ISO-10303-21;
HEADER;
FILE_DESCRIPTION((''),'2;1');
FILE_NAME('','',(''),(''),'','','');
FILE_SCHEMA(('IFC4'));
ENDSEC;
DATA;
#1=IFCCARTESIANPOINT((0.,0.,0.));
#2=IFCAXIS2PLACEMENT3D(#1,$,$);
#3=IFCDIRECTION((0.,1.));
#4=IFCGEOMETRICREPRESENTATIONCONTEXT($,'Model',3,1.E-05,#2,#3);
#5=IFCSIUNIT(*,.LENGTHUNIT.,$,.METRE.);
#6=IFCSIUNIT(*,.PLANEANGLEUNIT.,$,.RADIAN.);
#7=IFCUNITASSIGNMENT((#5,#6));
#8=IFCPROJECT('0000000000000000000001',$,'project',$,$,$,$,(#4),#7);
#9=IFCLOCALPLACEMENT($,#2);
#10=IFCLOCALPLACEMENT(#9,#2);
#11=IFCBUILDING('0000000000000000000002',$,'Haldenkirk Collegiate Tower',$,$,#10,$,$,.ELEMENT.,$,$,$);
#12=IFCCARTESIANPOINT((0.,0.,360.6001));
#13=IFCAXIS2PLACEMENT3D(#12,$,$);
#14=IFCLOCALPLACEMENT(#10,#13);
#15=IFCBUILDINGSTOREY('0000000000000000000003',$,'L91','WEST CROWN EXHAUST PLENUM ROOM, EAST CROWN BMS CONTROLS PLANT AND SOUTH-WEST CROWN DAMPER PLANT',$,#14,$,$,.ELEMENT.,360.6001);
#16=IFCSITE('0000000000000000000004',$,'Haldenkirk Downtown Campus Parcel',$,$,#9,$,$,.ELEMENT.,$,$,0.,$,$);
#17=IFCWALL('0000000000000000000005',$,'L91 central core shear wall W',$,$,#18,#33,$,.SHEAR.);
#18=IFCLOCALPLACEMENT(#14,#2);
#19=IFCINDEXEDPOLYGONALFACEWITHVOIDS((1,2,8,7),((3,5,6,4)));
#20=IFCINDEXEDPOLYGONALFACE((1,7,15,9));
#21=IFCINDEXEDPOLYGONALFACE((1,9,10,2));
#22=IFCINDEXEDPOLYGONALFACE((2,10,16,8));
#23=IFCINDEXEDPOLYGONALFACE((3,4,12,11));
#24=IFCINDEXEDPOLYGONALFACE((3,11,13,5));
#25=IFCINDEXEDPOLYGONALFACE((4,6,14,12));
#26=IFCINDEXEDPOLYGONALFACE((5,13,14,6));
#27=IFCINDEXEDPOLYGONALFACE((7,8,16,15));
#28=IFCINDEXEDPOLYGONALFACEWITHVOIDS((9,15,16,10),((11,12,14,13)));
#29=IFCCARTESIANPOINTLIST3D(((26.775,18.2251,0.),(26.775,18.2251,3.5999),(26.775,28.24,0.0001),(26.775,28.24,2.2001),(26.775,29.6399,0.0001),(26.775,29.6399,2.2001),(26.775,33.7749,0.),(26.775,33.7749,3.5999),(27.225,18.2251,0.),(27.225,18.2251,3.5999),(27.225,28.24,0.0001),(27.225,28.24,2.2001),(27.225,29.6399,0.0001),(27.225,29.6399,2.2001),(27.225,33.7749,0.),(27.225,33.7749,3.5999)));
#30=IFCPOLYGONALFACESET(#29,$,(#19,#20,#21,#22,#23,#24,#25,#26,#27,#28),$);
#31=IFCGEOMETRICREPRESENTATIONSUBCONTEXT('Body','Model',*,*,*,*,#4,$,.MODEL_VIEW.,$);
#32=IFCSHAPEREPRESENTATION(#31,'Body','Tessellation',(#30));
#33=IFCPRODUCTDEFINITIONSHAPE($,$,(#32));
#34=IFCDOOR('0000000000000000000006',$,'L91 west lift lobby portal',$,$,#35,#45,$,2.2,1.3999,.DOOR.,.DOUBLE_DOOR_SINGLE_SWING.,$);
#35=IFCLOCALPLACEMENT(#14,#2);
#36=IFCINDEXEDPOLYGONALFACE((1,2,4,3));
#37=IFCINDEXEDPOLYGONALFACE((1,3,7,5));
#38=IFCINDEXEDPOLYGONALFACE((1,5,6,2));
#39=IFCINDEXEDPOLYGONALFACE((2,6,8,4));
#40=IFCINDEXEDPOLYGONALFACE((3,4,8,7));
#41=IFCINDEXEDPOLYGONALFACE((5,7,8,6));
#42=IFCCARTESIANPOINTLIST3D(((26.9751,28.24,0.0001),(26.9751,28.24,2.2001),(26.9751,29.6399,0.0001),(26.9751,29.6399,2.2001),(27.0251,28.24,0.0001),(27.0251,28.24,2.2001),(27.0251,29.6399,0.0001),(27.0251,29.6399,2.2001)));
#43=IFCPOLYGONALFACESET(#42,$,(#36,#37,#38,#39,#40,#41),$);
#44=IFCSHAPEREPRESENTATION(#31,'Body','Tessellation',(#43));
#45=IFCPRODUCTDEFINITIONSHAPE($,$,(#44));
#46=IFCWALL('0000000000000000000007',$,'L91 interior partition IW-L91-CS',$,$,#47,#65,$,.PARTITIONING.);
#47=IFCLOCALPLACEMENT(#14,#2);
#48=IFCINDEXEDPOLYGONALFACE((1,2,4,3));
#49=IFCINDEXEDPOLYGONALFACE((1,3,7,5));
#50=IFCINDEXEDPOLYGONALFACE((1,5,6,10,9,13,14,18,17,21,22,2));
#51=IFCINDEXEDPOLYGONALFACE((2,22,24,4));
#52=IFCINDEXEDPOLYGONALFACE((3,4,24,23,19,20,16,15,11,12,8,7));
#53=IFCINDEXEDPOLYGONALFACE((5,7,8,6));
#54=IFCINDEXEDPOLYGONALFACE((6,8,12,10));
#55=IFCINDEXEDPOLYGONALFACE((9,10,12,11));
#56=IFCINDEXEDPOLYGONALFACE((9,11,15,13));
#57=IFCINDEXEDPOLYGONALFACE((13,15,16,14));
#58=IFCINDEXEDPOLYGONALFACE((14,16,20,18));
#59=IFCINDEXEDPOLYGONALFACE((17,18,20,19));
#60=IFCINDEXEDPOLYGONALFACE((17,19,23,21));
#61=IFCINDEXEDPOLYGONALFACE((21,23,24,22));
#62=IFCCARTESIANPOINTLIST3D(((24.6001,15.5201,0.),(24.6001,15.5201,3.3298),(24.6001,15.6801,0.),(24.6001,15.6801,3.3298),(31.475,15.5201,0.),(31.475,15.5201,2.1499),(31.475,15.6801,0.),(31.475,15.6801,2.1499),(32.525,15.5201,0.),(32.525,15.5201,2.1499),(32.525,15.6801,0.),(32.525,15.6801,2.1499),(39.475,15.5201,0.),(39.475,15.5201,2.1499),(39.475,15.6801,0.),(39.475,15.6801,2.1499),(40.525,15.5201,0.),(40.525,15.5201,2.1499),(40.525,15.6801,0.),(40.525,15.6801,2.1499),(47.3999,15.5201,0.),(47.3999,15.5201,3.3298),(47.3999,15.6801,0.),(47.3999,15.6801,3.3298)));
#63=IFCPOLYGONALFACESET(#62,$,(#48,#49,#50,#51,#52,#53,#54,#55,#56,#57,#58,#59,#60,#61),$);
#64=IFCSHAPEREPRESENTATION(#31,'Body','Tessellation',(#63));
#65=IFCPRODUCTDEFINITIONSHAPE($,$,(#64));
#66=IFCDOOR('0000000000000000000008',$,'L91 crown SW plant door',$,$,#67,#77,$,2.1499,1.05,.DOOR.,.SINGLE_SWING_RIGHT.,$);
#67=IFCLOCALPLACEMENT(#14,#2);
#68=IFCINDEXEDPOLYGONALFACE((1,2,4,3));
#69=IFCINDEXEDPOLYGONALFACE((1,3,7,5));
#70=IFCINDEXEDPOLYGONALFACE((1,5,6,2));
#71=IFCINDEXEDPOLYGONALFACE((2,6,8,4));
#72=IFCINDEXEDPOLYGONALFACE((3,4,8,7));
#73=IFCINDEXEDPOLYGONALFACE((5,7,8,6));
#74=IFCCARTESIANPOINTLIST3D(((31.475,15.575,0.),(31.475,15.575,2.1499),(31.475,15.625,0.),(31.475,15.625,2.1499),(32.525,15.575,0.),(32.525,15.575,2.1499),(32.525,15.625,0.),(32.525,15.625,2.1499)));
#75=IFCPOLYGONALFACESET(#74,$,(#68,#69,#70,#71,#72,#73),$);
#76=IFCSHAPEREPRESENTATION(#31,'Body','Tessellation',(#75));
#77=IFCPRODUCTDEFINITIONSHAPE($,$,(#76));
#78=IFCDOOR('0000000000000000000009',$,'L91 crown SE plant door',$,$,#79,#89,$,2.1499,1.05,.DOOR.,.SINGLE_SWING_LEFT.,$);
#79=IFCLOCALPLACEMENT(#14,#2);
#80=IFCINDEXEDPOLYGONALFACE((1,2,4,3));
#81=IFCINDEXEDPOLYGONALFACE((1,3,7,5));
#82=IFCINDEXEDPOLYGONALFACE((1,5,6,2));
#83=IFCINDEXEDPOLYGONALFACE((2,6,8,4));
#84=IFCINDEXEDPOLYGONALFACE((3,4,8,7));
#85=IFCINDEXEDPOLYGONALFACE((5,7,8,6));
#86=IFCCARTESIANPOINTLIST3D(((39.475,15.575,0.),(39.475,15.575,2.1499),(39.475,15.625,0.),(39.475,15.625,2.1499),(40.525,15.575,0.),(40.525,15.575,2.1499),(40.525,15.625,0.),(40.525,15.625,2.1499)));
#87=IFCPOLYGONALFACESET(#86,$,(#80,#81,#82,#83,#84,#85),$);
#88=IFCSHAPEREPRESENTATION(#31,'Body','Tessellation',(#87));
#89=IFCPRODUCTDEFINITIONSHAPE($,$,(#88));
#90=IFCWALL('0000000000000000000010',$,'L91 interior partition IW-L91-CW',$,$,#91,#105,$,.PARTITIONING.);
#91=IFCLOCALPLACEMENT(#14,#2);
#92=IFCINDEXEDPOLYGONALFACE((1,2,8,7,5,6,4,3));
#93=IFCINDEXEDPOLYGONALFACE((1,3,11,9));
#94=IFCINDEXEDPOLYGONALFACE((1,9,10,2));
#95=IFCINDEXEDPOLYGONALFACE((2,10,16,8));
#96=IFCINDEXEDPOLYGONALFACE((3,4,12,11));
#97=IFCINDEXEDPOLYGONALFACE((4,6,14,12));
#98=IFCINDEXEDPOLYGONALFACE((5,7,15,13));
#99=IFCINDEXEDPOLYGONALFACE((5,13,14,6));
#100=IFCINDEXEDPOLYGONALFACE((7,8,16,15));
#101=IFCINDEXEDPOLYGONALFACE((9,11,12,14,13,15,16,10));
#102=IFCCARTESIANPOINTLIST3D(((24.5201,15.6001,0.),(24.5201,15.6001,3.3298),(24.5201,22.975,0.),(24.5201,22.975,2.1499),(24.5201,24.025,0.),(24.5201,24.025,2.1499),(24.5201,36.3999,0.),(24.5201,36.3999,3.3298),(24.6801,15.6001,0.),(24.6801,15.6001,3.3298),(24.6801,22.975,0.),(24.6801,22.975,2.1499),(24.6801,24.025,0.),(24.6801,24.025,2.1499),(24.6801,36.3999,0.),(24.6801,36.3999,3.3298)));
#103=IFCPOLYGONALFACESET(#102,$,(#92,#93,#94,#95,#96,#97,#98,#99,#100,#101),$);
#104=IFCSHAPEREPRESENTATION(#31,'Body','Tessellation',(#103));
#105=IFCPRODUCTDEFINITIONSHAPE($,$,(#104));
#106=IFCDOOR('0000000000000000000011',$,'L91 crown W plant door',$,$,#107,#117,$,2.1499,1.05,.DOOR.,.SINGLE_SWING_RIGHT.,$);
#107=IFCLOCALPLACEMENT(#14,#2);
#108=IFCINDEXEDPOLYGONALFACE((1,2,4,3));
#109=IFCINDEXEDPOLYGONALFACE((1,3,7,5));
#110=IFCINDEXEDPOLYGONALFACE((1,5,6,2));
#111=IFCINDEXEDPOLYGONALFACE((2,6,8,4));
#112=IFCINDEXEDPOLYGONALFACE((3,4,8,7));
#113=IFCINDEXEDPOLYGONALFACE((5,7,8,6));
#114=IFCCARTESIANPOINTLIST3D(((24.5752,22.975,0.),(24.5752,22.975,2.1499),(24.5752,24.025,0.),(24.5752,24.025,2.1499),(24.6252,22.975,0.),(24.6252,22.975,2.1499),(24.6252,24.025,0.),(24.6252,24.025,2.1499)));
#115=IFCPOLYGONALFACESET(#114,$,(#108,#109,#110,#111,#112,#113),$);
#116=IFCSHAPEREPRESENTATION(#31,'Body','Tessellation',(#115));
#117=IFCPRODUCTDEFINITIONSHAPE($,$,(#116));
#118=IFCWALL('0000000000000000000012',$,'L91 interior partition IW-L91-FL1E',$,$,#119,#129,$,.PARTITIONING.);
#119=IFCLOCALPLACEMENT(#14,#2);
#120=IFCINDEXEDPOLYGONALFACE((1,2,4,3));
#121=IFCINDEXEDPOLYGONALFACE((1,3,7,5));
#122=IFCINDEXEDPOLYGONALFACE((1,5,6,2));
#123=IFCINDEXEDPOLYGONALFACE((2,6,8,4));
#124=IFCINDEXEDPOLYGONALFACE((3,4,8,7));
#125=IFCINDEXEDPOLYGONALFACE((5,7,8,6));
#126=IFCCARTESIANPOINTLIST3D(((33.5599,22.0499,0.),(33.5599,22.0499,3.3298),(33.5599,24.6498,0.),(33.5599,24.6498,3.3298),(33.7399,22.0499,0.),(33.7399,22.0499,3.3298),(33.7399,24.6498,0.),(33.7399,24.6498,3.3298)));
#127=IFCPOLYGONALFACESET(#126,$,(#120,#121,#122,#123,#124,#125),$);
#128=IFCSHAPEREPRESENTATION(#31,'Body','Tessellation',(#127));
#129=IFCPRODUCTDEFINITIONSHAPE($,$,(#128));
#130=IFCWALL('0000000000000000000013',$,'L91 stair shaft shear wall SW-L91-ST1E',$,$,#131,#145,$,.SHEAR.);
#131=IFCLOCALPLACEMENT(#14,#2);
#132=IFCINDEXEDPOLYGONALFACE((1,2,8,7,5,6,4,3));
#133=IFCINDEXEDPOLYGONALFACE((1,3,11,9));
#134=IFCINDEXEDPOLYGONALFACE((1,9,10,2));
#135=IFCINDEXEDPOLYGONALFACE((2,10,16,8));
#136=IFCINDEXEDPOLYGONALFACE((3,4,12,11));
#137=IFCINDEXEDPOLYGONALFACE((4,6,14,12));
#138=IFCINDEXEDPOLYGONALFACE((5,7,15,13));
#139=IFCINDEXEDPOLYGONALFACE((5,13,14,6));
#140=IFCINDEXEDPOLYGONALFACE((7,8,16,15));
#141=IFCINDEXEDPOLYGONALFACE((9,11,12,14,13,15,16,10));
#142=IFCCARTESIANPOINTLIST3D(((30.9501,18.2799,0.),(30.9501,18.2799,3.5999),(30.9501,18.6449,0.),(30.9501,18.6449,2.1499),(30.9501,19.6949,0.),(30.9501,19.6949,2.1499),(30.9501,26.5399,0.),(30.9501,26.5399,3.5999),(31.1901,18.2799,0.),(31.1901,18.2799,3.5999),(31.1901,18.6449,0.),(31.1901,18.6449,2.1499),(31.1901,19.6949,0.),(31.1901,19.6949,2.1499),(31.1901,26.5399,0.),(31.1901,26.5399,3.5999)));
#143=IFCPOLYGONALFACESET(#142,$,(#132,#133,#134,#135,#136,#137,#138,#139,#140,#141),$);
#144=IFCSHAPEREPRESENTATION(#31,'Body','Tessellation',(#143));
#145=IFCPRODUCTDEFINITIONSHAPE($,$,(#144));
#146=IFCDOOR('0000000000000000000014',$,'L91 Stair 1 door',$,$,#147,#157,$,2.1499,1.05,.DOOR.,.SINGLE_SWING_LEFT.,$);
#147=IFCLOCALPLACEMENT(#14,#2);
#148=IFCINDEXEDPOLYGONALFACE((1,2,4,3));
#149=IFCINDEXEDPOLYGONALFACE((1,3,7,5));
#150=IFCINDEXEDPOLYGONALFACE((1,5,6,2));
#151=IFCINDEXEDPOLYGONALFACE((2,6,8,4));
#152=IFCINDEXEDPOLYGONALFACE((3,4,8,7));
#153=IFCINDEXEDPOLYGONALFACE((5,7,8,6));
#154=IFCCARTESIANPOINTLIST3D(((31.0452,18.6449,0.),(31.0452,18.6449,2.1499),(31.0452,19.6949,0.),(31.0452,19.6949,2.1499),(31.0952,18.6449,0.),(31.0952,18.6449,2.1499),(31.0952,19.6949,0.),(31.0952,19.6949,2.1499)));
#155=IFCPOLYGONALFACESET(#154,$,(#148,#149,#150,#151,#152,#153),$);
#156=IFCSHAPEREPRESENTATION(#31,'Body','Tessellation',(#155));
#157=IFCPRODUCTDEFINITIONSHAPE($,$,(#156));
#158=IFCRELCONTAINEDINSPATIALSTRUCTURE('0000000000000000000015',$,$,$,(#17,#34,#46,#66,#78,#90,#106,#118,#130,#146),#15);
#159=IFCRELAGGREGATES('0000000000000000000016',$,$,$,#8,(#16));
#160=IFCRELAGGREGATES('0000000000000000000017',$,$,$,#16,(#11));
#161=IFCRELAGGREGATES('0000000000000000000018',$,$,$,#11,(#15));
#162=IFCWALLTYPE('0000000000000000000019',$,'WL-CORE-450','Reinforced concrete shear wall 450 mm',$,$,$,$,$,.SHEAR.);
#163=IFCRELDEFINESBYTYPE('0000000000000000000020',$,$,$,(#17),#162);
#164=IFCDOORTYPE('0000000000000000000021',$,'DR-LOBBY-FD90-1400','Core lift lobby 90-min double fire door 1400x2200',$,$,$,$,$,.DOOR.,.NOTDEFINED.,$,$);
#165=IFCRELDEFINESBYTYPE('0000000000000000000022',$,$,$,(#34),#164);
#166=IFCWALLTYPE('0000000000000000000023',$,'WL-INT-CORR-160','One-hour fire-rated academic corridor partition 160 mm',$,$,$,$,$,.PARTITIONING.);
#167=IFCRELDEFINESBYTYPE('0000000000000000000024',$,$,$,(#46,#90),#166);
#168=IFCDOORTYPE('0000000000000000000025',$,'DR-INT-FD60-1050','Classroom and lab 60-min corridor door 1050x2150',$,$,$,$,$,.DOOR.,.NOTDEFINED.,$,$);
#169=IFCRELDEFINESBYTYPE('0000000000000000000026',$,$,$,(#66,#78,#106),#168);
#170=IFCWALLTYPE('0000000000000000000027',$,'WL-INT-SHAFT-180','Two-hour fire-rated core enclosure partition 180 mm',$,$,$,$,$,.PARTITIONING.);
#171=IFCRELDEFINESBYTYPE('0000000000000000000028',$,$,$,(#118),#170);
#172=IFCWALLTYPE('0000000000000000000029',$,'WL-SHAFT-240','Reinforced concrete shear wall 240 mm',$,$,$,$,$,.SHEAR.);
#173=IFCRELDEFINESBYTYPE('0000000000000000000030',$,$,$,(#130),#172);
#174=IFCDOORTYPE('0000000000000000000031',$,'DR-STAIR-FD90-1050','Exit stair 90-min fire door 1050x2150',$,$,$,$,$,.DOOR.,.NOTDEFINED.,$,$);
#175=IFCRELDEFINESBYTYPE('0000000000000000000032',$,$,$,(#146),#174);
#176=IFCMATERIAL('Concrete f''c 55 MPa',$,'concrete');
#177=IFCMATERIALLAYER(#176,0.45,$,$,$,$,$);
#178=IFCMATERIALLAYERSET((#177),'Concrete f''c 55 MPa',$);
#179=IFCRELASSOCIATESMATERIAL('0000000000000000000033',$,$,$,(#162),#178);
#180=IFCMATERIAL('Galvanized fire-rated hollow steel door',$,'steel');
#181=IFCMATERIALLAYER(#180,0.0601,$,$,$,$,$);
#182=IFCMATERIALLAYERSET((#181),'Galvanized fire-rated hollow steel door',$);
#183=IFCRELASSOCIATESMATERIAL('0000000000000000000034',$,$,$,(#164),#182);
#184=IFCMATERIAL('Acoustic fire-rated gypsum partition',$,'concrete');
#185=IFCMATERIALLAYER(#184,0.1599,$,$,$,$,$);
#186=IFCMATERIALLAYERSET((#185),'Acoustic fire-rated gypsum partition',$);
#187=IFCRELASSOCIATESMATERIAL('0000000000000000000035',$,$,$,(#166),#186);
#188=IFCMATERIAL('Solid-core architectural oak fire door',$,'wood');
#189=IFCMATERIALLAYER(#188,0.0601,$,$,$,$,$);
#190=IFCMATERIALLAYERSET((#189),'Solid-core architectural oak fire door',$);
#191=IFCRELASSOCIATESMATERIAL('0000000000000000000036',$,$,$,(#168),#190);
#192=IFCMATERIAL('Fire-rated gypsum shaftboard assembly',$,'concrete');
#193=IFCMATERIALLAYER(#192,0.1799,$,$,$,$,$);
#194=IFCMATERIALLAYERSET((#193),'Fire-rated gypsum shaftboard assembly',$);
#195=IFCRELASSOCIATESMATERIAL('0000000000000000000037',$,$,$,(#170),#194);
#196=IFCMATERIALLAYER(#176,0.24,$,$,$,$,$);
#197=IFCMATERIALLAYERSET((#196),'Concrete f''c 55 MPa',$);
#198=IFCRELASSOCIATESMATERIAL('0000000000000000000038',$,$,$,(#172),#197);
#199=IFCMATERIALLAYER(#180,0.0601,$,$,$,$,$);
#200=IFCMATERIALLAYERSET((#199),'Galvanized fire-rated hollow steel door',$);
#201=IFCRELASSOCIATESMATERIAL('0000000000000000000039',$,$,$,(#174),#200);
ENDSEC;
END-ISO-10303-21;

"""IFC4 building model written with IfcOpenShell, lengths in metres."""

from ifc_helpers import new_model, si_unit, direction, frame, frame_2d, origin, place, context, subcontext, project, spatial, rectangle, extrude, material, layer, layer_set, type_object, element, fill, save


model = new_model("IFC4")

# Units and contexts
model_context = context("Model", 3, precision=1e-05, world=origin(), true_north=direction((0.0, 1.0)))
body_context = subcontext(model_context, "Body", "Model", "MODEL_VIEW")
ifc_project = project(units=[si_unit("LENGTHUNIT", "METRE"), si_unit("PLANEANGLEUNIT", "RADIAN")], contexts=[model_context])

# Site, building, storey
site_placement = place(None, origin())
site = spatial("IfcSite", under=ifc_project, at=site_placement, Name="Haldenkirk Downtown Campus Parcel", CompositionType="ELEMENT", RefElevation=0.0)
building_placement = place(site_placement, origin())
building = spatial("IfcBuilding", under=site, at=building_placement, Name="Haldenkirk Collegiate Tower", CompositionType="ELEMENT")
storey_placement = place(building_placement, frame((0.0, 0.0, 360.6001)))
storey = spatial("IfcBuildingStorey", under=building, at=storey_placement, Name="L91", Description="WEST CROWN EXHAUST PLENUM ROOM, EAST CROWN BMS CONTROLS PLANT AND SOUTH-WEST CROWN DAMPER PLANT", CompositionType="ELEMENT", Elevation=360.6001)

# Shared definitions
ifc_material_1 = material(Name="Concrete f'c 55 MPa", Category="concrete")
ifc_layer_1 = layer(ifc_material_1, 0.45)
ifc_layer_set_1 = layer_set([ifc_layer_1], Name="Concrete f'c 55 MPa")
wall_type_1 = type_object("IfcWallType", Name="WL-CORE-450", Description="Reinforced concrete shear wall 450 mm", PredefinedType="SHEAR", material=ifc_layer_set_1)
ifc_material_2 = material(Name="Galvanized fire-rated hollow steel door", Category="steel")

# Wall, opening, door
wall_1_placement = place(storey_placement, frame((27.0, 18.2251, 0.0), z_axis=(0.0, 0.0, 1.0), x_axis=(0.0, 1.0, 0.0)))
wall_1 = element("IfcWall", 1, at=wall_1_placement, inside=storey, type_object=wall_type_1, Name="L91 central core shear wall W", PredefinedType="SHEAR", context=body_context, shape_type="SweptSolid", body=[
    extrude(rectangle(XDim=15.5498, YDim=0.45, at=frame_2d((7.7749, 0.0))), origin(), (0.0, 0.0, 1.0), 3.5999),
])
opening_1_placement = place(wall_1_placement, frame((10.0149, 0.0, 0.0)))
opening_1 = element("IfcOpeningElement", 2, at=opening_1_placement, cuts=wall_1, PredefinedType="OPENING", context=body_context, shape_type="SweptSolid", body=[
    extrude(rectangle(XDim=1.3999, YDim=2.2, at=frame_2d((0.7, 1.1001))), frame((0.0, 0.2349, 0.0), z_axis=(0.0, -1.0, 0.0), x_axis=(1.0, 0.0, 0.0)), (0.0, 0.0, 1.0), 0.47),
])
ifc_layer_2 = layer(ifc_material_2, 0.0601)
ifc_layer_set_2 = layer_set([ifc_layer_2], Name="Galvanized fire-rated hollow steel door")
door_type_1 = type_object("IfcDoorType", Name="DR-LOBBY-FD90-1400", Description="Core lift lobby 90-min double fire door 1400x2200", OperationType="NOTDEFINED", PredefinedType="DOOR", material=ifc_layer_set_2)
door_1_placement = place(opening_1_placement, origin())
door_1 = element("IfcDoor", 3, at=door_1_placement, inside=storey, type_object=door_type_1, Name="L91 west lift lobby portal", OperationType="DOUBLE_DOOR_SINGLE_SWING", OverallHeight=2.2, OverallWidth=1.3999, PredefinedType="DOOR", context=body_context, shape_type="SweptSolid", body=[
    extrude(rectangle(XDim=1.3999, YDim=2.2, at=frame_2d((0.7, 1.1001))), frame((0.0, 0.0249, 0.0), z_axis=(0.0, -1.0, 0.0), x_axis=(1.0, 0.0, 0.0)), (0.0, 0.0, 1.0), 0.05),
])
fill(opening_1, door_1)

# Wall, openings, doors
ifc_material_3 = material(Name="Acoustic fire-rated gypsum partition", Category="concrete")
ifc_layer_3 = layer(ifc_material_3, 0.1599)
ifc_layer_set_3 = layer_set([ifc_layer_3], Name="Acoustic fire-rated gypsum partition")
wall_type_2 = type_object("IfcWallType", Name="WL-INT-CORR-160", Description="One-hour fire-rated academic corridor partition 160 mm", PredefinedType="PARTITIONING", material=ifc_layer_set_3)
wall_2_placement = place(storey_placement, frame((24.6001, 15.6001, 0.0), z_axis=(0.0, 0.0, 1.0), x_axis=(1.0, 0.0, 0.0)))
wall_2 = element("IfcWall", 4, at=wall_2_placement, inside=storey, type_object=wall_type_2, Name="L91 interior partition IW-L91-CS", PredefinedType="PARTITIONING", context=body_context, shape_type="SweptSolid", body=[
    extrude(rectangle(XDim=22.7998, YDim=0.1599, at=frame_2d((11.3999, 0.0))), origin(), (0.0, 0.0, 1.0), 3.3298),
])
opening_2_placement = place(wall_2_placement, frame((6.875, 0.0, 0.0)))
opening_2 = element("IfcOpeningElement", 5, at=opening_2_placement, cuts=wall_2, PredefinedType="OPENING", context=body_context, shape_type="SweptSolid", body=[
    extrude(rectangle(XDim=1.05, YDim=2.1499, at=frame_2d((0.5249, 1.075))), frame((0.0, 0.0898, 0.0), z_axis=(0.0, -1.0, 0.0), x_axis=(1.0, 0.0, 0.0)), (0.0, 0.0, 1.0), 0.1799),
])
opening_3_placement = place(wall_2_placement, frame((14.875, 0.0, 0.0)))
opening_3 = element("IfcOpeningElement", 6, at=opening_3_placement, cuts=wall_2, PredefinedType="OPENING", context=body_context, shape_type="SweptSolid", body=[
    extrude(rectangle(XDim=1.05, YDim=2.1499, at=frame_2d((0.5249, 1.075))), frame((0.0, 0.0898, 0.0), z_axis=(0.0, -1.0, 0.0), x_axis=(1.0, 0.0, 0.0)), (0.0, 0.0, 1.0), 0.1799),
])
ifc_material_4 = material(Name="Solid-core architectural oak fire door", Category="wood")
ifc_layer_4 = layer(ifc_material_4, 0.0601)
ifc_layer_set_4 = layer_set([ifc_layer_4], Name="Solid-core architectural oak fire door")
door_type_2 = type_object("IfcDoorType", Name="DR-INT-FD60-1050", Description="Classroom and lab 60-min corridor door 1050x2150", OperationType="NOTDEFINED", PredefinedType="DOOR", material=ifc_layer_set_4)
door_2_placement = place(opening_2_placement, origin())
door_2 = element("IfcDoor", 7, at=door_2_placement, inside=storey, type_object=door_type_2, Name="L91 crown SW plant door", OperationType="SINGLE_SWING_RIGHT", OverallHeight=2.1499, OverallWidth=1.05, PredefinedType="DOOR", context=body_context, shape_type="SweptSolid", body=[
    extrude(rectangle(XDim=1.05, YDim=2.1499, at=frame_2d((0.5249, 1.075))), frame((0.0, 0.0249, 0.0), z_axis=(0.0, -1.0, 0.0), x_axis=(1.0, 0.0, 0.0)), (0.0, 0.0, 1.0), 0.05),
])
fill(opening_2, door_2)
door_3_placement = place(opening_3_placement, origin())
door_3 = element("IfcDoor", 8, at=door_3_placement, inside=storey, type_object=door_type_2, Name="L91 crown SE plant door", OperationType="SINGLE_SWING_LEFT", OverallHeight=2.1499, OverallWidth=1.05, PredefinedType="DOOR", context=body_context, shape_type="SweptSolid", body=[
    extrude(rectangle(XDim=1.05, YDim=2.1499, at=frame_2d((0.5249, 1.075))), frame((0.0, 0.0249, 0.0), z_axis=(0.0, -1.0, 0.0), x_axis=(1.0, 0.0, 0.0)), (0.0, 0.0, 1.0), 0.05),
])
fill(opening_3, door_3)

# Wall, opening, door
wall_3_placement = place(storey_placement, frame((24.6001, 15.6001, 0.0), z_axis=(0.0, 0.0, 1.0), x_axis=(0.0, 1.0, 0.0)))
wall_3 = element("IfcWall", 9, at=wall_3_placement, inside=storey, type_object=wall_type_2, Name="L91 interior partition IW-L91-CW", PredefinedType="PARTITIONING", context=body_context, shape_type="SweptSolid", body=[
    extrude(rectangle(XDim=20.7998, YDim=0.1599, at=frame_2d((10.3999, 0.0))), origin(), (0.0, 0.0, 1.0), 3.3298),
])
opening_4_placement = place(wall_3_placement, frame((7.375, 0.0, 0.0)))
opening_4 = element("IfcOpeningElement", 10, at=opening_4_placement, cuts=wall_3, PredefinedType="OPENING", context=body_context, shape_type="SweptSolid", body=[
    extrude(rectangle(XDim=1.05, YDim=2.1499, at=frame_2d((0.5249, 1.075))), frame((0.0, 0.0898, 0.0), z_axis=(0.0, -1.0, 0.0), x_axis=(1.0, 0.0, 0.0)), (0.0, 0.0, 1.0), 0.1799),
])
door_4_placement = place(opening_4_placement, origin())
door_4 = element("IfcDoor", 11, at=door_4_placement, inside=storey, type_object=door_type_2, Name="L91 crown W plant door", OperationType="SINGLE_SWING_RIGHT", OverallHeight=2.1499, OverallWidth=1.05, PredefinedType="DOOR", context=body_context, shape_type="SweptSolid", body=[
    extrude(rectangle(XDim=1.05, YDim=2.1499, at=frame_2d((0.5249, 1.075))), frame((0.0, 0.0249, 0.0), z_axis=(0.0, -1.0, 0.0), x_axis=(1.0, 0.0, 0.0)), (0.0, 0.0, 1.0), 0.05),
])
fill(opening_4, door_4)

# Wall
ifc_material_5 = material(Name="Fire-rated gypsum shaftboard assembly", Category="concrete")
ifc_layer_5 = layer(ifc_material_5, 0.1799)
ifc_layer_set_5 = layer_set([ifc_layer_5], Name="Fire-rated gypsum shaftboard assembly")
wall_type_3 = type_object("IfcWallType", Name="WL-INT-SHAFT-180", Description="Two-hour fire-rated core enclosure partition 180 mm", PredefinedType="PARTITIONING", material=ifc_layer_set_5)
wall_4_placement = place(storey_placement, frame((33.6499, 22.05, 0.0), z_axis=(0.0, 0.0, 1.0), x_axis=(0.0, 1.0, 0.0)))
element("IfcWall", 12, at=wall_4_placement, inside=storey, type_object=wall_type_3, Name="L91 interior partition IW-L91-FL1E", PredefinedType="PARTITIONING", context=body_context, shape_type="SweptSolid", body=[
    extrude(rectangle(XDim=2.5999, YDim=0.1799, at=frame_2d((1.2998, 0.0))), origin(), (0.0, 0.0, 1.0), 3.3298),
])

# Wall, opening, door
ifc_layer_6 = layer(ifc_material_1, 0.24)
ifc_layer_set_6 = layer_set([ifc_layer_6], Name="Concrete f'c 55 MPa")
wall_type_4 = type_object("IfcWallType", Name="WL-SHAFT-240", Description="Reinforced concrete shear wall 240 mm", PredefinedType="SHEAR", material=ifc_layer_set_6)
wall_5_placement = place(storey_placement, frame((31.0701, 18.28, 0.0), z_axis=(0.0, 0.0, 1.0), x_axis=(0.0, 1.0, 0.0)))
wall_5 = element("IfcWall", 13, at=wall_5_placement, inside=storey, type_object=wall_type_4, Name="L91 stair shaft shear wall SW-L91-ST1E", PredefinedType="SHEAR", context=body_context, shape_type="SweptSolid", body=[
    extrude(rectangle(XDim=8.26, YDim=0.24, at=frame_2d((4.1299, 0.0))), origin(), (0.0, 0.0, 1.0), 3.5999),
])
opening_5_placement = place(wall_5_placement, frame((0.365, 0.0, 0.0)))
opening_5 = element("IfcOpeningElement", 14, at=opening_5_placement, cuts=wall_5, PredefinedType="OPENING", context=body_context, shape_type="SweptSolid", body=[
    extrude(rectangle(XDim=1.05, YDim=2.1499, at=frame_2d((0.5249, 1.075))), frame((0.0, 0.1299, 0.0), z_axis=(0.0, -1.0, 0.0), x_axis=(1.0, 0.0, 0.0)), (0.0, 0.0, 1.0), 0.26),
])
ifc_layer_7 = layer(ifc_material_2, 0.0601)
ifc_layer_set_7 = layer_set([ifc_layer_7], Name="Galvanized fire-rated hollow steel door")
door_type_3 = type_object("IfcDoorType", Name="DR-STAIR-FD90-1050", Description="Exit stair 90-min fire door 1050x2150", OperationType="NOTDEFINED", PredefinedType="DOOR", material=ifc_layer_set_7)
door_5_placement = place(opening_5_placement, origin())
door_5 = element("IfcDoor", 15, at=door_5_placement, inside=storey, type_object=door_type_3, Name="L91 Stair 1 door", OperationType="SINGLE_SWING_LEFT", OverallHeight=2.1499, OverallWidth=1.05, PredefinedType="DOOR", context=body_context, shape_type="SweptSolid", body=[
    extrude(rectangle(XDim=1.05, YDim=2.1499, at=frame_2d((0.5249, 1.075))), frame((0.0, 0.0249, 0.0), z_axis=(0.0, -1.0, 0.0), x_axis=(1.0, 0.0, 0.0)), (0.0, 0.0, 1.0), 0.05),
])
fill(opening_5, door_5)

save(model, "model.ifc")
